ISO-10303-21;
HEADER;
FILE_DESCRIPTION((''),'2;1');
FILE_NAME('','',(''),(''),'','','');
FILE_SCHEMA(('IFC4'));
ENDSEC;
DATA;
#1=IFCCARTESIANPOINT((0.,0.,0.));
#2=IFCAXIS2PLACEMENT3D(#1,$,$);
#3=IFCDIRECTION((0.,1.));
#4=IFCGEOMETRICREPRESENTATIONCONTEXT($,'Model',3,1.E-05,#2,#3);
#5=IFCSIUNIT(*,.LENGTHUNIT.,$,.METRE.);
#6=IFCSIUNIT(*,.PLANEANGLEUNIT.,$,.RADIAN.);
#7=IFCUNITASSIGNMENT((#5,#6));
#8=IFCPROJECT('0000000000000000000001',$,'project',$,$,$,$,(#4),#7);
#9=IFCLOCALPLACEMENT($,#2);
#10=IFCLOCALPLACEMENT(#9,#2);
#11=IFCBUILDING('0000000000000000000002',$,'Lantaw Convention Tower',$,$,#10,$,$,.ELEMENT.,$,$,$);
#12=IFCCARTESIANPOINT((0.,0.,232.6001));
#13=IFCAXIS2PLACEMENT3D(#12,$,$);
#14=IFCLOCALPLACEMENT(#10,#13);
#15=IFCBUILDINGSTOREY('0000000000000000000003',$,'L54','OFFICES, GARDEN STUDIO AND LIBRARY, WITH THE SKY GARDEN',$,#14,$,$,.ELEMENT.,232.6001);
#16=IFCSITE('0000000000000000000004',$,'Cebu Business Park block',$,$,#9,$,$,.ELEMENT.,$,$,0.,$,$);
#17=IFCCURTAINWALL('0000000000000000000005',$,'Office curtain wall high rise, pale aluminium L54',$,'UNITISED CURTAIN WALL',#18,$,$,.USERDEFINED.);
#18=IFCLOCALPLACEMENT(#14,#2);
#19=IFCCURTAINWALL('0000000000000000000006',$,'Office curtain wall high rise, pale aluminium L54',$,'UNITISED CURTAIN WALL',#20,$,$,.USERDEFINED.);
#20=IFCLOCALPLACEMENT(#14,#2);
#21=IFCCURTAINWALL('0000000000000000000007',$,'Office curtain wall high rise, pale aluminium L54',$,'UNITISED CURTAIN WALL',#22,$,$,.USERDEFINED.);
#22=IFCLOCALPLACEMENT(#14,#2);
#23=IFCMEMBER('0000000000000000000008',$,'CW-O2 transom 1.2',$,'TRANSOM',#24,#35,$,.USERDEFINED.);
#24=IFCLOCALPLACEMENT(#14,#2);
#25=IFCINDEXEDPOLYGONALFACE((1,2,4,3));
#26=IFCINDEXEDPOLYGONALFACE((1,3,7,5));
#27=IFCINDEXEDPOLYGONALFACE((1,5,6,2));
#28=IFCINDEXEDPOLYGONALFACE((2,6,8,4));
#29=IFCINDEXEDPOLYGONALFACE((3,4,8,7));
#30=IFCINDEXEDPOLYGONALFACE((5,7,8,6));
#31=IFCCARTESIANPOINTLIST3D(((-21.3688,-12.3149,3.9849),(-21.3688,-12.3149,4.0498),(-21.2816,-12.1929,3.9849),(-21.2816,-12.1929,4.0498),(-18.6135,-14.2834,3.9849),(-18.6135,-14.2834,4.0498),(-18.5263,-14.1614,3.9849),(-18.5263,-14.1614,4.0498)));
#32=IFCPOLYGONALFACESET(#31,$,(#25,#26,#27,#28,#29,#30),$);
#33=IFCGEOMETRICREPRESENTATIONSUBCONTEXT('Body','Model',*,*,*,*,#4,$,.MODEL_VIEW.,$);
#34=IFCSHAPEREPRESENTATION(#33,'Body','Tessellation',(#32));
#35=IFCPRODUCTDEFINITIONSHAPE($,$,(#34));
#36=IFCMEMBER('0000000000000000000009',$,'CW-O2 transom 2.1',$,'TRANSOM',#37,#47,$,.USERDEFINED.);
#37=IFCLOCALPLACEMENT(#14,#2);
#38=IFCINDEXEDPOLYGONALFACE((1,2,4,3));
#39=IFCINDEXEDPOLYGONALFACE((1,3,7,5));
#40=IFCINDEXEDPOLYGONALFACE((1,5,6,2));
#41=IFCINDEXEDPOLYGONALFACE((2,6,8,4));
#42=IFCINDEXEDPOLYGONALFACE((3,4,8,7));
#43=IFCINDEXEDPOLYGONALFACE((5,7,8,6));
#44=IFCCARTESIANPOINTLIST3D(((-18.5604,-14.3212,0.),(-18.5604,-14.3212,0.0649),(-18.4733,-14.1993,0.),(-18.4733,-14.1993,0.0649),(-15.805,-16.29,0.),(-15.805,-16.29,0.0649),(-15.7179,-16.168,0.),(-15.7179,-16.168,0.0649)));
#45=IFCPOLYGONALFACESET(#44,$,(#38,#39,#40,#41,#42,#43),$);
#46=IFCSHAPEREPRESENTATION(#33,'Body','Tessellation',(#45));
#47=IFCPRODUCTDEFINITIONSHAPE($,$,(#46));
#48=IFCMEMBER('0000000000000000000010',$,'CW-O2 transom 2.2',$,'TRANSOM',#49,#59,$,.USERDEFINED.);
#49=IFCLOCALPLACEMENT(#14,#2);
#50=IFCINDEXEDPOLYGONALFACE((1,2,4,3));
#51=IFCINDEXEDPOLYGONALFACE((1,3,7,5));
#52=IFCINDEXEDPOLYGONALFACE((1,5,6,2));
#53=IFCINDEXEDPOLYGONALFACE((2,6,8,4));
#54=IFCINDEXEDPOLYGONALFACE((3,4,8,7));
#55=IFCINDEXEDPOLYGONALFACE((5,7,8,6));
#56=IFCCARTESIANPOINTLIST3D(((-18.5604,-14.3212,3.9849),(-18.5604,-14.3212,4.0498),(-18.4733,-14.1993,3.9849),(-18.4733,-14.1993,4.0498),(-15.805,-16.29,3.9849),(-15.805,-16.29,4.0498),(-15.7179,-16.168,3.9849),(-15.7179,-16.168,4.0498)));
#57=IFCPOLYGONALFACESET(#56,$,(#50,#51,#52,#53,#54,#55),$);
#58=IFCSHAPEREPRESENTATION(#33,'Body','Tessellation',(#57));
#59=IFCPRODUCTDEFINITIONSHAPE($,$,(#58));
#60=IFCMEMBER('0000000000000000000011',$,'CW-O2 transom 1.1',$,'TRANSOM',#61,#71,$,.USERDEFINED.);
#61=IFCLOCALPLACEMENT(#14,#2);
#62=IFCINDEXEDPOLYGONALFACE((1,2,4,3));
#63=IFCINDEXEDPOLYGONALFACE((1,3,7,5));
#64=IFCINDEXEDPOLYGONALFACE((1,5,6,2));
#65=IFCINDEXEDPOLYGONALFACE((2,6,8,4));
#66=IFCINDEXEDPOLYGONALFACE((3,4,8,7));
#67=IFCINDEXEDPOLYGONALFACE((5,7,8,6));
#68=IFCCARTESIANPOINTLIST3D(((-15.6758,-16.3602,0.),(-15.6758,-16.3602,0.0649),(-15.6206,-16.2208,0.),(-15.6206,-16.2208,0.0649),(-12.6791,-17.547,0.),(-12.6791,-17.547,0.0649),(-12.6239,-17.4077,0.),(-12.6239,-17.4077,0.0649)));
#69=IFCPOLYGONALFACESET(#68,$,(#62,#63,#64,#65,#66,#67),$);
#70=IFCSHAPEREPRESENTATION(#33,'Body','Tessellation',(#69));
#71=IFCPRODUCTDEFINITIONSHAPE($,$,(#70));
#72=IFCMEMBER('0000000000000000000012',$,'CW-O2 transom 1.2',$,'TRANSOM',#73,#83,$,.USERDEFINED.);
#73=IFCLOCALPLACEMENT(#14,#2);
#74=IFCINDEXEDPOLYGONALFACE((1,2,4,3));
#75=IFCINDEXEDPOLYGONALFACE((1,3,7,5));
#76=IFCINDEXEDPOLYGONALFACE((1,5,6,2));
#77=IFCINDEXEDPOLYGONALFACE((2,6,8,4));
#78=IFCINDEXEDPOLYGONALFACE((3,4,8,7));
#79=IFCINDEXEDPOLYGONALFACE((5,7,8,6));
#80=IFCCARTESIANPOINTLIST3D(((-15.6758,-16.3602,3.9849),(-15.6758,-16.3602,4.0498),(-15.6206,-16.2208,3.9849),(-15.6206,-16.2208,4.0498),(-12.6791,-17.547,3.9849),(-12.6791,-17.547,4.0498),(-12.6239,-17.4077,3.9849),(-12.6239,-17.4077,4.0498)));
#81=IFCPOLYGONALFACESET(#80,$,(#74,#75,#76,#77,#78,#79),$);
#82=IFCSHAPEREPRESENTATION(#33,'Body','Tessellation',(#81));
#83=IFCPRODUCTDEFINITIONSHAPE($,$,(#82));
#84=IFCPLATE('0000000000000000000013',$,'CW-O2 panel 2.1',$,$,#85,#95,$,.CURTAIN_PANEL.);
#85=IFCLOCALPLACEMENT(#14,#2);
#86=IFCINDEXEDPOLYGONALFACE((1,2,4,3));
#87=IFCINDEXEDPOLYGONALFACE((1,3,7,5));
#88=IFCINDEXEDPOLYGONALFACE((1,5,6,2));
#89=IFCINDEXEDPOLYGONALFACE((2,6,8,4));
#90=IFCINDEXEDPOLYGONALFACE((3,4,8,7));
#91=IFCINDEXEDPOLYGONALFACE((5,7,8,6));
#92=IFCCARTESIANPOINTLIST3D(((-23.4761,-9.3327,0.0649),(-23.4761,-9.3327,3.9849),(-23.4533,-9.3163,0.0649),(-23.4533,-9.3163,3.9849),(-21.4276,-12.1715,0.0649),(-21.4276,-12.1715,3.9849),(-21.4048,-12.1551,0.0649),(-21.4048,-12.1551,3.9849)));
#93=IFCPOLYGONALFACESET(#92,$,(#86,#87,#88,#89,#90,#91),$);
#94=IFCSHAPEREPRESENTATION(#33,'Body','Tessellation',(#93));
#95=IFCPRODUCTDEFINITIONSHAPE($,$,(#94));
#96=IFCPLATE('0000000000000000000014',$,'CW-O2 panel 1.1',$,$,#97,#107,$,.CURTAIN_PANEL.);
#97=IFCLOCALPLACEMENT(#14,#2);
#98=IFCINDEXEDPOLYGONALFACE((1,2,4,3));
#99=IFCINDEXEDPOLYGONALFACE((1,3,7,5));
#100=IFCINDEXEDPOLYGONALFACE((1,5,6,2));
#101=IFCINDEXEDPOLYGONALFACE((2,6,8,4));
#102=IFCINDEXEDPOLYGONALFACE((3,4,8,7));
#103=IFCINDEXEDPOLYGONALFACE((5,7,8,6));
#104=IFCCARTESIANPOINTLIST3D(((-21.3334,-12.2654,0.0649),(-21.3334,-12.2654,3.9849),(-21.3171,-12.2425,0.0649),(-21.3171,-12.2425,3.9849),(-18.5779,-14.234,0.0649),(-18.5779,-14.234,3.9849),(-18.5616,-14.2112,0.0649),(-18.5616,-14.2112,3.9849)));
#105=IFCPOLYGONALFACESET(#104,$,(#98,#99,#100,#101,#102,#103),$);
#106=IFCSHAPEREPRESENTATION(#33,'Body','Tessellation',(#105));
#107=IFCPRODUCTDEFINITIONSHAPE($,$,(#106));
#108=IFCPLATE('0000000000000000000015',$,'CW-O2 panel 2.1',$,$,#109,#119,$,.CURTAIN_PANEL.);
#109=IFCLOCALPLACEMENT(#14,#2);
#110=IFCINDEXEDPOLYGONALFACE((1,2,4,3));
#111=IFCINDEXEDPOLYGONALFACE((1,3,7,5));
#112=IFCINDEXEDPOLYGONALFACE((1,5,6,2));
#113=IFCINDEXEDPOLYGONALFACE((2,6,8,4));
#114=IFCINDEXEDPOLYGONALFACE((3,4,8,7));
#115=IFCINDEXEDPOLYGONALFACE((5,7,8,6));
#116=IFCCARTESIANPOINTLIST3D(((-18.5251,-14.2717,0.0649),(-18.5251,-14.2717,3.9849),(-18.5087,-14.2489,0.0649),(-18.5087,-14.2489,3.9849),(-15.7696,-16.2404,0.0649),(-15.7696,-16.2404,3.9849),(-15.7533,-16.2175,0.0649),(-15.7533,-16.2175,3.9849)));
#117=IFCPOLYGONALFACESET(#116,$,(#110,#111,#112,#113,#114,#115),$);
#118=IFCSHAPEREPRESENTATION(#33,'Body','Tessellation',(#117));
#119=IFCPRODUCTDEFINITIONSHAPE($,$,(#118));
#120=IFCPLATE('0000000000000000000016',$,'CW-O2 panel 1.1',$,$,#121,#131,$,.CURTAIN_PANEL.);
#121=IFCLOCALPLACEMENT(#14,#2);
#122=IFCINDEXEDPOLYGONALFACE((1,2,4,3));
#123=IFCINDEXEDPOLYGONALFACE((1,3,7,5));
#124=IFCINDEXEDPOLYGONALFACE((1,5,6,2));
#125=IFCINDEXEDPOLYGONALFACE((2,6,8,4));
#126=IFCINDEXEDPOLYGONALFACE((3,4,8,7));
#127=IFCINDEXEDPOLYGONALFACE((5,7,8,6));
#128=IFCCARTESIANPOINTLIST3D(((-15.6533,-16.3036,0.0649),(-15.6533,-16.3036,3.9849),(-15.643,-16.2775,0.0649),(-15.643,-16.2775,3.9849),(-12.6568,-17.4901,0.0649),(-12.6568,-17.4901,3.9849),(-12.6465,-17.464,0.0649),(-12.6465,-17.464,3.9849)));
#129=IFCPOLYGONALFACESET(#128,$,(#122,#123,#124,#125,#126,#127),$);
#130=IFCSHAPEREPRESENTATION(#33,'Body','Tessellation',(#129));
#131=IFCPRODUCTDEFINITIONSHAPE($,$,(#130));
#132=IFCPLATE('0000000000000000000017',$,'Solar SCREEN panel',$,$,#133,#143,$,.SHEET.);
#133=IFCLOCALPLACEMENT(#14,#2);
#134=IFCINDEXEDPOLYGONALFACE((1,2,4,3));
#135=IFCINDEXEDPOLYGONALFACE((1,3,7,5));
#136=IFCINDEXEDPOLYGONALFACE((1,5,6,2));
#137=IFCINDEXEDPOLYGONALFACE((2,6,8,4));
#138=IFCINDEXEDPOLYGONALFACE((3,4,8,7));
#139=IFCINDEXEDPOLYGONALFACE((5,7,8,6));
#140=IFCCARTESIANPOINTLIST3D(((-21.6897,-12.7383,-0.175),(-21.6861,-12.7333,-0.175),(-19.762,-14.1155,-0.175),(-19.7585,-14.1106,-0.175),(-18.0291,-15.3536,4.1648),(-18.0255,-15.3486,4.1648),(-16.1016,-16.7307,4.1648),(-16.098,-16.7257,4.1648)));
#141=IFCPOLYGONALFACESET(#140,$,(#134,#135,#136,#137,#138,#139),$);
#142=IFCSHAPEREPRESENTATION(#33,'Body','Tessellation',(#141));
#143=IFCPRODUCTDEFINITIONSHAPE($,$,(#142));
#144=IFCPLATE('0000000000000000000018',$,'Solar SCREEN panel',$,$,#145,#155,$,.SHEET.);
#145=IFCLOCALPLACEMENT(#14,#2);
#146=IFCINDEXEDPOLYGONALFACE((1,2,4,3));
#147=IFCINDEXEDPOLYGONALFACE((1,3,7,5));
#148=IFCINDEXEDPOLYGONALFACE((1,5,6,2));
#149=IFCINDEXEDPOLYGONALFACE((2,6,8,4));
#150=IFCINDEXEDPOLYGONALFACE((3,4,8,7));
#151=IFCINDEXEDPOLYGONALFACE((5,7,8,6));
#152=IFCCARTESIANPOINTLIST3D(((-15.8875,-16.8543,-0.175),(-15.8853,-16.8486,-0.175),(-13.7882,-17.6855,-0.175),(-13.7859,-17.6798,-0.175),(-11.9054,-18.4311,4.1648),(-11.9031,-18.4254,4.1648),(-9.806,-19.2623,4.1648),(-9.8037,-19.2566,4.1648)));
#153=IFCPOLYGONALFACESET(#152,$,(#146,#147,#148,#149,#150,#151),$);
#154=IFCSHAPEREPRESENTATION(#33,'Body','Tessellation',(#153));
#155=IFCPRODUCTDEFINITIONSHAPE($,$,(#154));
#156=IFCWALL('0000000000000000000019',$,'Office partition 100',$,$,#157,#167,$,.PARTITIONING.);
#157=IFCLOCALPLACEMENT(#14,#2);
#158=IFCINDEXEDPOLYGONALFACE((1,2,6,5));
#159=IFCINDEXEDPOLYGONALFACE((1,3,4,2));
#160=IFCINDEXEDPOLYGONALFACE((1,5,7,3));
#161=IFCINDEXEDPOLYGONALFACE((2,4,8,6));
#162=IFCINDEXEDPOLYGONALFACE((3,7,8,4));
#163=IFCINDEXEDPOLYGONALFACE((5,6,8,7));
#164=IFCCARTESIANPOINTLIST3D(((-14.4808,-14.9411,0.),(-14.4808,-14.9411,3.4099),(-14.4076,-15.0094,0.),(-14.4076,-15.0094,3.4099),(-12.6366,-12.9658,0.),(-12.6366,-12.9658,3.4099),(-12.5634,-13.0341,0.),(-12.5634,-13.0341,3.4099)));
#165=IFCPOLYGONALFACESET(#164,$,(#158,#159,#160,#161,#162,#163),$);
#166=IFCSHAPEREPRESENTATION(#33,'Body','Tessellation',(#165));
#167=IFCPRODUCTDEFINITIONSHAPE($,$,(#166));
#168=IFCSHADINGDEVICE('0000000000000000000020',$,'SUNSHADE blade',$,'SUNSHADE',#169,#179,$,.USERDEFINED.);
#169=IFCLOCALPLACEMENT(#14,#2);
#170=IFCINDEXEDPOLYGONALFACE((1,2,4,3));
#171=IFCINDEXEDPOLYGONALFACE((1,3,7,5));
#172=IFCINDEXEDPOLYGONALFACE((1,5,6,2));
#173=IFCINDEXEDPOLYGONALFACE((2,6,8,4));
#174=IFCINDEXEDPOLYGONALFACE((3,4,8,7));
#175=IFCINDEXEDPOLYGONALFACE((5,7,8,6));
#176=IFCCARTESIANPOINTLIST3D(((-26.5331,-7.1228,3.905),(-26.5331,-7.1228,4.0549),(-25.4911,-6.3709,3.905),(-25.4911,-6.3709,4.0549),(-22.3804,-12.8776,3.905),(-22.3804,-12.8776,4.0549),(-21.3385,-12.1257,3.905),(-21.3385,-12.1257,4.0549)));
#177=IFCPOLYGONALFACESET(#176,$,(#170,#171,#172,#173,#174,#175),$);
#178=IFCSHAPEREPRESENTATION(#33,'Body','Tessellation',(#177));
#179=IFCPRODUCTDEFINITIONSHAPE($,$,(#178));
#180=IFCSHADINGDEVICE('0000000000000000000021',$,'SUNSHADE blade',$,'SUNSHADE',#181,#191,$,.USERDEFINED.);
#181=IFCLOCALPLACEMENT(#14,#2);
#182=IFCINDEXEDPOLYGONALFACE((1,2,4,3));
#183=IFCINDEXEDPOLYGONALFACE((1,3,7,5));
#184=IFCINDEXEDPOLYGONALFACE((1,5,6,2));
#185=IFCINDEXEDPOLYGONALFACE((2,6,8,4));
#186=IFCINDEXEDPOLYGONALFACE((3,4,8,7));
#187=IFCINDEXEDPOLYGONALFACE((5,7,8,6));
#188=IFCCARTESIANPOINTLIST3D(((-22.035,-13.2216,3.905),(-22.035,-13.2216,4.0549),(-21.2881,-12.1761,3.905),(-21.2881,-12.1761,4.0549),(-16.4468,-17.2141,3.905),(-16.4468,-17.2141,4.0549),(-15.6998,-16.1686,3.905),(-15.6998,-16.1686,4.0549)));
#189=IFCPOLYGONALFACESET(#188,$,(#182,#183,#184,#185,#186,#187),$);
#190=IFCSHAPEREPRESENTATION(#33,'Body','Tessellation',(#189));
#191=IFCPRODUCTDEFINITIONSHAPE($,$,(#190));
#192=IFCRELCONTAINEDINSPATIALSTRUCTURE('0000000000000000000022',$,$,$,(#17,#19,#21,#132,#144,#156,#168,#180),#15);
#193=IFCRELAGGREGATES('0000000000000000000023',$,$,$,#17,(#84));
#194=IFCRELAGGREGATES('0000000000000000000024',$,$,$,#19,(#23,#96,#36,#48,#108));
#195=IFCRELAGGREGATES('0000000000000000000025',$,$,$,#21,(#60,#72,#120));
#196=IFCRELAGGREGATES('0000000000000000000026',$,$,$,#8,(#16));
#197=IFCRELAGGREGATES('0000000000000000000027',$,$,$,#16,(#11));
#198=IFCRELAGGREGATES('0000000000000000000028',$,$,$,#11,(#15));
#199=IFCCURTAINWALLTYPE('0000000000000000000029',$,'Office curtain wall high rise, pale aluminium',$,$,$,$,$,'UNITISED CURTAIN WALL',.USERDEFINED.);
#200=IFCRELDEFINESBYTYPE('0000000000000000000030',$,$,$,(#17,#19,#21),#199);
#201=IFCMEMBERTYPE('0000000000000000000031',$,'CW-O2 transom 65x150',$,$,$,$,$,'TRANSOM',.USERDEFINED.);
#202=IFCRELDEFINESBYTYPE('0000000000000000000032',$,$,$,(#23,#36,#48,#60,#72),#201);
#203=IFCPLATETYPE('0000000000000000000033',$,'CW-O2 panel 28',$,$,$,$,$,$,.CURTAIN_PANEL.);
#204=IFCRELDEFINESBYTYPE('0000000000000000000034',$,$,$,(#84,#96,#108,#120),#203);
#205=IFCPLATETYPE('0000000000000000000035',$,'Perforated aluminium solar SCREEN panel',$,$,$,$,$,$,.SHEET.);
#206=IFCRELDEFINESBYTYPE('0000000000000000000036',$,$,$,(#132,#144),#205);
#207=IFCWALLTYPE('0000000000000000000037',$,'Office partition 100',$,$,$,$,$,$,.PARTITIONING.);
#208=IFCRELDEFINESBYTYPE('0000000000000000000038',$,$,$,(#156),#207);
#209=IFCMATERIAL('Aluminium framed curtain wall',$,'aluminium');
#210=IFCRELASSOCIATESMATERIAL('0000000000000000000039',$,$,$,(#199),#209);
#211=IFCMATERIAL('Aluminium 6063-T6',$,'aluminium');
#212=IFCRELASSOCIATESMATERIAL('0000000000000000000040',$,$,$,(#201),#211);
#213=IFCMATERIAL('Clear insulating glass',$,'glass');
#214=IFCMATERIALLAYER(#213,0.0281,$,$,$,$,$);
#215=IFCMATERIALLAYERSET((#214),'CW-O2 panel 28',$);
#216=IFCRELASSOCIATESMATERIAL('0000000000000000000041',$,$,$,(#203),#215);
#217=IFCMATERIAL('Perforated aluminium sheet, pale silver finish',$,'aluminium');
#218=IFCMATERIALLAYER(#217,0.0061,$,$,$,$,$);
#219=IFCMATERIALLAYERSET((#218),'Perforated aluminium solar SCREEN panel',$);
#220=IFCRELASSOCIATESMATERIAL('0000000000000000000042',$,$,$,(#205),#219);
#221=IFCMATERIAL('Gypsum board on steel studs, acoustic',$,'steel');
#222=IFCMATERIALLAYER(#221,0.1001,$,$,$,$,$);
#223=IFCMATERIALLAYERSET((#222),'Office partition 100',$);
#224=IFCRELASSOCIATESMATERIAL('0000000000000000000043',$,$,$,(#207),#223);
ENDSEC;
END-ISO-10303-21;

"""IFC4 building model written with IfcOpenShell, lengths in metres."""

from ifc_helpers import new_model, si_unit, direction, frame, frame_2d, origin, origin_2d, place, context, subcontext, project, spatial, polyline, rectangle, outline, extrude, material, layer, layer_set, material_profile, profile_set, type_object, element, aggregate, save


model = new_model("IFC4")

# Units and contexts
model_context = context("Model", 3, precision=1e-05, world=origin(), true_north=direction((0.0, 1.0)))
body_context = subcontext(model_context, "Body", "Model", "MODEL_VIEW")
ifc_project = project(units=[si_unit("LENGTHUNIT", "METRE"), si_unit("PLANEANGLEUNIT", "RADIAN")], contexts=[model_context])

# Site, building, storey
site_placement = place(None, origin())
site = spatial("IfcSite", under=ifc_project, at=site_placement, Name="Cebu Business Park block", CompositionType="ELEMENT", RefElevation=0.0)
building_placement = place(site_placement, origin())
building = spatial("IfcBuilding", under=site, at=building_placement, Name="Lantaw Convention Tower", CompositionType="ELEMENT")
storey_placement = place(building_placement, frame((0.0, 0.0, 232.6001)))
storey = spatial("IfcBuildingStorey", under=building, at=storey_placement, Name="L54", Description="OFFICES, GARDEN STUDIO AND LIBRARY, WITH THE SKY GARDEN", CompositionType="ELEMENT", Elevation=232.6001)

# Curtain wall
ifc_material_1 = material(Name="Aluminium framed curtain wall", Category="aluminium")
curtain_wall_type = type_object("IfcCurtainWallType", Name="Office curtain wall high rise, pale aluminium", ElementType="UNITISED CURTAIN WALL", PredefinedType="USERDEFINED", material=ifc_material_1)
curtain_wall_1_placement = place(storey_placement, origin())
curtain_wall_1 = element("IfcCurtainWall", 1, at=curtain_wall_1_placement, inside=storey, type_object=curtain_wall_type, Name="Office curtain wall high rise, pale aluminium L54", ObjectType="UNITISED CURTAIN WALL", PredefinedType="USERDEFINED")
ifc_material_2 = material(Name="Aluminium 6063-T6", Category="aluminium")

# Curtain walls
curtain_wall_2_placement = place(storey_placement, origin())
curtain_wall_2 = element("IfcCurtainWall", 2, at=curtain_wall_2_placement, inside=storey, type_object=curtain_wall_type, Name="Office curtain wall high rise, pale aluminium L54", ObjectType="UNITISED CURTAIN WALL", PredefinedType="USERDEFINED")
curtain_wall_3_placement = place(storey_placement, origin())
curtain_wall_3 = element("IfcCurtainWall", 3, at=curtain_wall_3_placement, inside=storey, type_object=curtain_wall_type, Name="Office curtain wall high rise, pale aluminium L54", ObjectType="UNITISED CURTAIN WALL", PredefinedType="USERDEFINED")

# Members
ifc_material_profile_1 = material_profile(ifc_material_2, rectangle(XDim=0.1499, YDim=0.0649, at=origin_2d()), Name="CW-O2 transom 65x150")
ifc_profile_set_1 = profile_set([ifc_material_profile_1], Name="Aluminium 6063-T6")
member_type_1 = type_object("IfcMemberType", Name="CW-O2 transom 65x150", ElementType="TRANSOM", PredefinedType="USERDEFINED", material=ifc_profile_set_1)
member_1_placement = place(storey_placement, frame((-21.3252, -12.2539, 4.0173), z_axis=(0.81368, -0.581313, 0.0), x_axis=(0.581313, 0.81368, 0.0)))
member_1 = element("IfcMember", 4, at=member_1_placement, type_object=member_type_1, Name="CW-O2 transom 1.2", ObjectType="TRANSOM", PredefinedType="USERDEFINED", context=body_context, shape_type="SweptSolid", body=[
    extrude(rectangle(XDim=0.1499, YDim=0.0649, at=origin_2d()), origin(), (0.0, 0.0, 1.0), 3.3862),
])
member_2_placement = place(storey_placement, frame((-18.5168, -14.2603, 0.0325), z_axis=(0.813646, -0.581361, 0.0), x_axis=(0.581361, 0.813646, 0.0)))
member_2 = element("IfcMember", 5, at=member_2_placement, type_object=member_type_1, Name="CW-O2 transom 2.1", ObjectType="TRANSOM", PredefinedType="USERDEFINED", context=body_context, shape_type="SweptSolid", body=[
    extrude(rectangle(XDim=0.1499, YDim=0.0649, at=origin_2d()), origin(), (0.0, 0.0, 1.0), 3.3865),
])
member_3_placement = place(storey_placement, frame((-18.5168, -14.2603, 4.0173), z_axis=(0.813646, -0.581361, 0.0), x_axis=(0.581361, 0.813646, 0.0)))
member_3 = element("IfcMember", 6, at=member_3_placement, type_object=member_type_1, Name="CW-O2 transom 2.2", ObjectType="TRANSOM", PredefinedType="USERDEFINED", context=body_context, shape_type="SweptSolid", body=[
    extrude(rectangle(XDim=0.1499, YDim=0.0649, at=origin_2d()), origin(), (0.0, 0.0, 1.0), 3.3865),
])
member_4_placement = place(storey_placement, frame((-15.6482, -16.2905, 0.0325), z_axis=(0.929741, -0.368215, 0.0), x_axis=(0.368215, 0.929741, 0.0)))
member_4 = element("IfcMember", 7, at=member_4_placement, type_object=member_type_1, Name="CW-O2 transom 1.1", ObjectType="TRANSOM", PredefinedType="USERDEFINED", context=body_context, shape_type="SweptSolid", body=[
    extrude(rectangle(XDim=0.1499, YDim=0.0649, at=origin_2d()), origin(), (0.0, 0.0, 1.0), 3.2231),
])
member_5_placement = place(storey_placement, frame((-15.6482, -16.2905, 4.0173), z_axis=(0.929741, -0.368215, 0.0), x_axis=(0.368215, 0.929741, 0.0)))
member_5 = element("IfcMember", 8, at=member_5_placement, type_object=member_type_1, Name="CW-O2 transom 1.2", ObjectType="TRANSOM", PredefinedType="USERDEFINED", context=body_context, shape_type="SweptSolid", body=[
    extrude(rectangle(XDim=0.1499, YDim=0.0649, at=origin_2d()), origin(), (0.0, 0.0, 1.0), 3.2231),
])

# Plates
ifc_material_3 = material(Name="Clear insulating glass", Category="glass")
ifc_layer_1 = layer(ifc_material_3, 0.0281)
ifc_layer_set_1 = layer_set([ifc_layer_1], Name="CW-O2 panel 28")
plate_type_1 = type_object("IfcPlateType", Name="CW-O2 panel 28", PredefinedType="CURTAIN_PANEL", material=ifc_layer_set_1)
plate_1_placement = place(storey_placement, frame((-22.4404, -10.7439, 0.0649), z_axis=(0.0, 0.0, 1.0), x_axis=(0.585158, -0.81092, 0.0)))
plate_1 = element("IfcPlate", 9, at=plate_1_placement, type_object=plate_type_1, Name="CW-O2 panel 2.1", PredefinedType="CURTAIN_PANEL", context=body_context, shape_type="SweptSolid", body=[
    extrude(rectangle(XDim=3.5007, YDim=0.0281, at=origin_2d()), origin(), (0.0, 0.0, 1.0), 3.9199),
])
aggregate(curtain_wall_1, [plate_1])
plate_2_placement = place(storey_placement, frame((-19.9475, -13.2383, 0.0649), z_axis=(0.0, 0.0, 1.0), x_axis=(0.813673, -0.581323, 0.0)))
plate_2 = element("IfcPlate", 10, at=plate_2_placement, type_object=plate_type_1, Name="CW-O2 panel 1.1", PredefinedType="CURTAIN_PANEL", context=body_context, shape_type="SweptSolid", body=[
    extrude(rectangle(XDim=3.3865, YDim=0.0281, at=origin_2d()), origin(), (0.0, 0.0, 1.0), 3.9199),
])
plate_3_placement = place(storey_placement, frame((-17.1392, -15.2446, 0.0649), z_axis=(0.0, 0.0, 1.0), x_axis=(0.813673, -0.581323, 0.0)))
plate_3 = element("IfcPlate", 11, at=plate_3_placement, type_object=plate_type_1, Name="CW-O2 panel 2.1", PredefinedType="CURTAIN_PANEL", context=body_context, shape_type="SweptSolid", body=[
    extrude(rectangle(XDim=3.3865, YDim=0.0281, at=origin_2d()), origin(), (0.0, 0.0, 1.0), 3.9199),
])
aggregate(curtain_wall_2, [member_1, plate_2, member_2, member_3, plate_3])
plate_4_placement = place(storey_placement, frame((-14.1499, -16.8838, 0.0649), z_axis=(0.0, 0.0, 1.0), x_axis=(0.929762, -0.368162, 0.0)))
plate_4 = element("IfcPlate", 12, at=plate_4_placement, type_object=plate_type_1, Name="CW-O2 panel 1.1", PredefinedType="CURTAIN_PANEL", context=body_context, shape_type="SweptSolid", body=[
    extrude(rectangle(XDim=3.2229, YDim=0.0281, at=origin_2d()), origin(), (0.0, 0.0, 1.0), 3.9199),
])
aggregate(curtain_wall_3, [member_4, member_5, plate_4])

# Plates
ifc_material_4 = material(Name="Perforated aluminium sheet, pale silver finish", Category="aluminium")
ifc_layer_2 = layer(ifc_material_4, 0.0061)
ifc_layer_set_2 = layer_set([ifc_layer_2], Name="Perforated aluminium solar SCREEN panel")
plate_type_2 = type_object("IfcPlateType", Name="Perforated aluminium solar SCREEN panel", PredefinedType="SHEET", material=ifc_layer_set_2)
plate_5_placement = place(storey_placement, frame((-21.6897, -12.7383, -0.175), z_axis=(-0.581331, -0.813667, 0.00001), x_axis=(0.813667, -0.581331, 0.0)))
element("IfcPlate", 13, at=plate_5_placement, inside=storey, type_object=plate_type_2, Name="Solar SCREEN panel", PredefinedType="SHEET", context=body_context, shape_type="SweptSolid", body=[
    extrude(outline(polyline([(0.0, 0.0), (2.3691, 0.0), (6.8678, 4.3398), (4.4989, 4.3398), (0.0, 0.0)])), origin(), (0.0, 0.0, -1.0), 0.0061),
])
plate_6_placement = place(storey_placement, frame((-15.8853, -16.8486, -0.175), z_axis=(0.368117, 0.92978, 0.000036), x_axis=(0.92978, -0.368117, 0.0)))
element("IfcPlate", 14, at=plate_6_placement, inside=storey, type_object=plate_type_2, Name="Solar SCREEN panel", PredefinedType="SHEET", context=body_context, shape_type="SweptSolid", body=[
    extrude(outline(polyline([(0.0, 0.0), (2.2579, 0.0), (6.5409, -4.3398), (4.2829, -4.3398), (0.0, 0.0)])), origin(), (0.0, 0.0, -1.0), 0.0061),
])

# Wall
ifc_material_5 = material(Name="Gypsum board on steel studs, acoustic", Category="steel")
ifc_layer_3 = layer(ifc_material_5, 0.1001)
ifc_layer_set_3 = layer_set([ifc_layer_3], Name="Office partition 100")
wall_type = type_object("IfcWallType", Name="Office partition 100", PredefinedType="PARTITIONING", material=ifc_layer_set_3)
wall_placement = place(storey_placement, frame((-12.6001, -13.0, 0.0), z_axis=(0.0, 0.0, 1.0), x_axis=(-0.682434, -0.730947, 0.0)))
element("IfcWall", 15, at=wall_placement, inside=storey, type_object=wall_type, Name="Office partition 100", PredefinedType="PARTITIONING", context=body_context, shape_type="SweptSolid", body=[
    extrude(rectangle(XDim=2.7024, YDim=0.1001, at=frame_2d((1.3511, 0.0))), origin(), (0.0, 0.0, 1.0), 3.4099),
])

# Shading devices
shading_device_1_placement = place(storey_placement, frame((-23.9358, -9.6243, 3.905), z_axis=(0.0, 0.0, 1.0), x_axis=(0.585158, -0.81092, 0.0)))
element("IfcShadingDevice", 16, at=shading_device_1_placement, inside=storey, Name="SUNSHADE blade", ObjectType="SUNSHADE", PredefinedType="USERDEFINED", context=body_context, shape_type="SweptSolid", body=[
    extrude(rectangle(XDim=7.0967, YDim=1.2849, at=origin_2d()), origin(), (0.0, 0.0, 1.0), 0.1499),
])
shading_device_2_placement = place(storey_placement, frame((-18.8674, -14.6951, 3.905), z_axis=(0.0, 0.0, 1.0), x_axis=(0.813673, -0.581323, 0.0)))
element("IfcShadingDevice", 17, at=shading_device_2_placement, inside=storey, Name="SUNSHADE blade", ObjectType="SUNSHADE", PredefinedType="USERDEFINED", context=body_context, shape_type="SweptSolid", body=[
    extrude(rectangle(XDim=6.8679, YDim=1.2849, at=origin_2d()), origin(), (0.0, 0.0, 1.0), 0.1499),
])

save(model, "model.ifc")
